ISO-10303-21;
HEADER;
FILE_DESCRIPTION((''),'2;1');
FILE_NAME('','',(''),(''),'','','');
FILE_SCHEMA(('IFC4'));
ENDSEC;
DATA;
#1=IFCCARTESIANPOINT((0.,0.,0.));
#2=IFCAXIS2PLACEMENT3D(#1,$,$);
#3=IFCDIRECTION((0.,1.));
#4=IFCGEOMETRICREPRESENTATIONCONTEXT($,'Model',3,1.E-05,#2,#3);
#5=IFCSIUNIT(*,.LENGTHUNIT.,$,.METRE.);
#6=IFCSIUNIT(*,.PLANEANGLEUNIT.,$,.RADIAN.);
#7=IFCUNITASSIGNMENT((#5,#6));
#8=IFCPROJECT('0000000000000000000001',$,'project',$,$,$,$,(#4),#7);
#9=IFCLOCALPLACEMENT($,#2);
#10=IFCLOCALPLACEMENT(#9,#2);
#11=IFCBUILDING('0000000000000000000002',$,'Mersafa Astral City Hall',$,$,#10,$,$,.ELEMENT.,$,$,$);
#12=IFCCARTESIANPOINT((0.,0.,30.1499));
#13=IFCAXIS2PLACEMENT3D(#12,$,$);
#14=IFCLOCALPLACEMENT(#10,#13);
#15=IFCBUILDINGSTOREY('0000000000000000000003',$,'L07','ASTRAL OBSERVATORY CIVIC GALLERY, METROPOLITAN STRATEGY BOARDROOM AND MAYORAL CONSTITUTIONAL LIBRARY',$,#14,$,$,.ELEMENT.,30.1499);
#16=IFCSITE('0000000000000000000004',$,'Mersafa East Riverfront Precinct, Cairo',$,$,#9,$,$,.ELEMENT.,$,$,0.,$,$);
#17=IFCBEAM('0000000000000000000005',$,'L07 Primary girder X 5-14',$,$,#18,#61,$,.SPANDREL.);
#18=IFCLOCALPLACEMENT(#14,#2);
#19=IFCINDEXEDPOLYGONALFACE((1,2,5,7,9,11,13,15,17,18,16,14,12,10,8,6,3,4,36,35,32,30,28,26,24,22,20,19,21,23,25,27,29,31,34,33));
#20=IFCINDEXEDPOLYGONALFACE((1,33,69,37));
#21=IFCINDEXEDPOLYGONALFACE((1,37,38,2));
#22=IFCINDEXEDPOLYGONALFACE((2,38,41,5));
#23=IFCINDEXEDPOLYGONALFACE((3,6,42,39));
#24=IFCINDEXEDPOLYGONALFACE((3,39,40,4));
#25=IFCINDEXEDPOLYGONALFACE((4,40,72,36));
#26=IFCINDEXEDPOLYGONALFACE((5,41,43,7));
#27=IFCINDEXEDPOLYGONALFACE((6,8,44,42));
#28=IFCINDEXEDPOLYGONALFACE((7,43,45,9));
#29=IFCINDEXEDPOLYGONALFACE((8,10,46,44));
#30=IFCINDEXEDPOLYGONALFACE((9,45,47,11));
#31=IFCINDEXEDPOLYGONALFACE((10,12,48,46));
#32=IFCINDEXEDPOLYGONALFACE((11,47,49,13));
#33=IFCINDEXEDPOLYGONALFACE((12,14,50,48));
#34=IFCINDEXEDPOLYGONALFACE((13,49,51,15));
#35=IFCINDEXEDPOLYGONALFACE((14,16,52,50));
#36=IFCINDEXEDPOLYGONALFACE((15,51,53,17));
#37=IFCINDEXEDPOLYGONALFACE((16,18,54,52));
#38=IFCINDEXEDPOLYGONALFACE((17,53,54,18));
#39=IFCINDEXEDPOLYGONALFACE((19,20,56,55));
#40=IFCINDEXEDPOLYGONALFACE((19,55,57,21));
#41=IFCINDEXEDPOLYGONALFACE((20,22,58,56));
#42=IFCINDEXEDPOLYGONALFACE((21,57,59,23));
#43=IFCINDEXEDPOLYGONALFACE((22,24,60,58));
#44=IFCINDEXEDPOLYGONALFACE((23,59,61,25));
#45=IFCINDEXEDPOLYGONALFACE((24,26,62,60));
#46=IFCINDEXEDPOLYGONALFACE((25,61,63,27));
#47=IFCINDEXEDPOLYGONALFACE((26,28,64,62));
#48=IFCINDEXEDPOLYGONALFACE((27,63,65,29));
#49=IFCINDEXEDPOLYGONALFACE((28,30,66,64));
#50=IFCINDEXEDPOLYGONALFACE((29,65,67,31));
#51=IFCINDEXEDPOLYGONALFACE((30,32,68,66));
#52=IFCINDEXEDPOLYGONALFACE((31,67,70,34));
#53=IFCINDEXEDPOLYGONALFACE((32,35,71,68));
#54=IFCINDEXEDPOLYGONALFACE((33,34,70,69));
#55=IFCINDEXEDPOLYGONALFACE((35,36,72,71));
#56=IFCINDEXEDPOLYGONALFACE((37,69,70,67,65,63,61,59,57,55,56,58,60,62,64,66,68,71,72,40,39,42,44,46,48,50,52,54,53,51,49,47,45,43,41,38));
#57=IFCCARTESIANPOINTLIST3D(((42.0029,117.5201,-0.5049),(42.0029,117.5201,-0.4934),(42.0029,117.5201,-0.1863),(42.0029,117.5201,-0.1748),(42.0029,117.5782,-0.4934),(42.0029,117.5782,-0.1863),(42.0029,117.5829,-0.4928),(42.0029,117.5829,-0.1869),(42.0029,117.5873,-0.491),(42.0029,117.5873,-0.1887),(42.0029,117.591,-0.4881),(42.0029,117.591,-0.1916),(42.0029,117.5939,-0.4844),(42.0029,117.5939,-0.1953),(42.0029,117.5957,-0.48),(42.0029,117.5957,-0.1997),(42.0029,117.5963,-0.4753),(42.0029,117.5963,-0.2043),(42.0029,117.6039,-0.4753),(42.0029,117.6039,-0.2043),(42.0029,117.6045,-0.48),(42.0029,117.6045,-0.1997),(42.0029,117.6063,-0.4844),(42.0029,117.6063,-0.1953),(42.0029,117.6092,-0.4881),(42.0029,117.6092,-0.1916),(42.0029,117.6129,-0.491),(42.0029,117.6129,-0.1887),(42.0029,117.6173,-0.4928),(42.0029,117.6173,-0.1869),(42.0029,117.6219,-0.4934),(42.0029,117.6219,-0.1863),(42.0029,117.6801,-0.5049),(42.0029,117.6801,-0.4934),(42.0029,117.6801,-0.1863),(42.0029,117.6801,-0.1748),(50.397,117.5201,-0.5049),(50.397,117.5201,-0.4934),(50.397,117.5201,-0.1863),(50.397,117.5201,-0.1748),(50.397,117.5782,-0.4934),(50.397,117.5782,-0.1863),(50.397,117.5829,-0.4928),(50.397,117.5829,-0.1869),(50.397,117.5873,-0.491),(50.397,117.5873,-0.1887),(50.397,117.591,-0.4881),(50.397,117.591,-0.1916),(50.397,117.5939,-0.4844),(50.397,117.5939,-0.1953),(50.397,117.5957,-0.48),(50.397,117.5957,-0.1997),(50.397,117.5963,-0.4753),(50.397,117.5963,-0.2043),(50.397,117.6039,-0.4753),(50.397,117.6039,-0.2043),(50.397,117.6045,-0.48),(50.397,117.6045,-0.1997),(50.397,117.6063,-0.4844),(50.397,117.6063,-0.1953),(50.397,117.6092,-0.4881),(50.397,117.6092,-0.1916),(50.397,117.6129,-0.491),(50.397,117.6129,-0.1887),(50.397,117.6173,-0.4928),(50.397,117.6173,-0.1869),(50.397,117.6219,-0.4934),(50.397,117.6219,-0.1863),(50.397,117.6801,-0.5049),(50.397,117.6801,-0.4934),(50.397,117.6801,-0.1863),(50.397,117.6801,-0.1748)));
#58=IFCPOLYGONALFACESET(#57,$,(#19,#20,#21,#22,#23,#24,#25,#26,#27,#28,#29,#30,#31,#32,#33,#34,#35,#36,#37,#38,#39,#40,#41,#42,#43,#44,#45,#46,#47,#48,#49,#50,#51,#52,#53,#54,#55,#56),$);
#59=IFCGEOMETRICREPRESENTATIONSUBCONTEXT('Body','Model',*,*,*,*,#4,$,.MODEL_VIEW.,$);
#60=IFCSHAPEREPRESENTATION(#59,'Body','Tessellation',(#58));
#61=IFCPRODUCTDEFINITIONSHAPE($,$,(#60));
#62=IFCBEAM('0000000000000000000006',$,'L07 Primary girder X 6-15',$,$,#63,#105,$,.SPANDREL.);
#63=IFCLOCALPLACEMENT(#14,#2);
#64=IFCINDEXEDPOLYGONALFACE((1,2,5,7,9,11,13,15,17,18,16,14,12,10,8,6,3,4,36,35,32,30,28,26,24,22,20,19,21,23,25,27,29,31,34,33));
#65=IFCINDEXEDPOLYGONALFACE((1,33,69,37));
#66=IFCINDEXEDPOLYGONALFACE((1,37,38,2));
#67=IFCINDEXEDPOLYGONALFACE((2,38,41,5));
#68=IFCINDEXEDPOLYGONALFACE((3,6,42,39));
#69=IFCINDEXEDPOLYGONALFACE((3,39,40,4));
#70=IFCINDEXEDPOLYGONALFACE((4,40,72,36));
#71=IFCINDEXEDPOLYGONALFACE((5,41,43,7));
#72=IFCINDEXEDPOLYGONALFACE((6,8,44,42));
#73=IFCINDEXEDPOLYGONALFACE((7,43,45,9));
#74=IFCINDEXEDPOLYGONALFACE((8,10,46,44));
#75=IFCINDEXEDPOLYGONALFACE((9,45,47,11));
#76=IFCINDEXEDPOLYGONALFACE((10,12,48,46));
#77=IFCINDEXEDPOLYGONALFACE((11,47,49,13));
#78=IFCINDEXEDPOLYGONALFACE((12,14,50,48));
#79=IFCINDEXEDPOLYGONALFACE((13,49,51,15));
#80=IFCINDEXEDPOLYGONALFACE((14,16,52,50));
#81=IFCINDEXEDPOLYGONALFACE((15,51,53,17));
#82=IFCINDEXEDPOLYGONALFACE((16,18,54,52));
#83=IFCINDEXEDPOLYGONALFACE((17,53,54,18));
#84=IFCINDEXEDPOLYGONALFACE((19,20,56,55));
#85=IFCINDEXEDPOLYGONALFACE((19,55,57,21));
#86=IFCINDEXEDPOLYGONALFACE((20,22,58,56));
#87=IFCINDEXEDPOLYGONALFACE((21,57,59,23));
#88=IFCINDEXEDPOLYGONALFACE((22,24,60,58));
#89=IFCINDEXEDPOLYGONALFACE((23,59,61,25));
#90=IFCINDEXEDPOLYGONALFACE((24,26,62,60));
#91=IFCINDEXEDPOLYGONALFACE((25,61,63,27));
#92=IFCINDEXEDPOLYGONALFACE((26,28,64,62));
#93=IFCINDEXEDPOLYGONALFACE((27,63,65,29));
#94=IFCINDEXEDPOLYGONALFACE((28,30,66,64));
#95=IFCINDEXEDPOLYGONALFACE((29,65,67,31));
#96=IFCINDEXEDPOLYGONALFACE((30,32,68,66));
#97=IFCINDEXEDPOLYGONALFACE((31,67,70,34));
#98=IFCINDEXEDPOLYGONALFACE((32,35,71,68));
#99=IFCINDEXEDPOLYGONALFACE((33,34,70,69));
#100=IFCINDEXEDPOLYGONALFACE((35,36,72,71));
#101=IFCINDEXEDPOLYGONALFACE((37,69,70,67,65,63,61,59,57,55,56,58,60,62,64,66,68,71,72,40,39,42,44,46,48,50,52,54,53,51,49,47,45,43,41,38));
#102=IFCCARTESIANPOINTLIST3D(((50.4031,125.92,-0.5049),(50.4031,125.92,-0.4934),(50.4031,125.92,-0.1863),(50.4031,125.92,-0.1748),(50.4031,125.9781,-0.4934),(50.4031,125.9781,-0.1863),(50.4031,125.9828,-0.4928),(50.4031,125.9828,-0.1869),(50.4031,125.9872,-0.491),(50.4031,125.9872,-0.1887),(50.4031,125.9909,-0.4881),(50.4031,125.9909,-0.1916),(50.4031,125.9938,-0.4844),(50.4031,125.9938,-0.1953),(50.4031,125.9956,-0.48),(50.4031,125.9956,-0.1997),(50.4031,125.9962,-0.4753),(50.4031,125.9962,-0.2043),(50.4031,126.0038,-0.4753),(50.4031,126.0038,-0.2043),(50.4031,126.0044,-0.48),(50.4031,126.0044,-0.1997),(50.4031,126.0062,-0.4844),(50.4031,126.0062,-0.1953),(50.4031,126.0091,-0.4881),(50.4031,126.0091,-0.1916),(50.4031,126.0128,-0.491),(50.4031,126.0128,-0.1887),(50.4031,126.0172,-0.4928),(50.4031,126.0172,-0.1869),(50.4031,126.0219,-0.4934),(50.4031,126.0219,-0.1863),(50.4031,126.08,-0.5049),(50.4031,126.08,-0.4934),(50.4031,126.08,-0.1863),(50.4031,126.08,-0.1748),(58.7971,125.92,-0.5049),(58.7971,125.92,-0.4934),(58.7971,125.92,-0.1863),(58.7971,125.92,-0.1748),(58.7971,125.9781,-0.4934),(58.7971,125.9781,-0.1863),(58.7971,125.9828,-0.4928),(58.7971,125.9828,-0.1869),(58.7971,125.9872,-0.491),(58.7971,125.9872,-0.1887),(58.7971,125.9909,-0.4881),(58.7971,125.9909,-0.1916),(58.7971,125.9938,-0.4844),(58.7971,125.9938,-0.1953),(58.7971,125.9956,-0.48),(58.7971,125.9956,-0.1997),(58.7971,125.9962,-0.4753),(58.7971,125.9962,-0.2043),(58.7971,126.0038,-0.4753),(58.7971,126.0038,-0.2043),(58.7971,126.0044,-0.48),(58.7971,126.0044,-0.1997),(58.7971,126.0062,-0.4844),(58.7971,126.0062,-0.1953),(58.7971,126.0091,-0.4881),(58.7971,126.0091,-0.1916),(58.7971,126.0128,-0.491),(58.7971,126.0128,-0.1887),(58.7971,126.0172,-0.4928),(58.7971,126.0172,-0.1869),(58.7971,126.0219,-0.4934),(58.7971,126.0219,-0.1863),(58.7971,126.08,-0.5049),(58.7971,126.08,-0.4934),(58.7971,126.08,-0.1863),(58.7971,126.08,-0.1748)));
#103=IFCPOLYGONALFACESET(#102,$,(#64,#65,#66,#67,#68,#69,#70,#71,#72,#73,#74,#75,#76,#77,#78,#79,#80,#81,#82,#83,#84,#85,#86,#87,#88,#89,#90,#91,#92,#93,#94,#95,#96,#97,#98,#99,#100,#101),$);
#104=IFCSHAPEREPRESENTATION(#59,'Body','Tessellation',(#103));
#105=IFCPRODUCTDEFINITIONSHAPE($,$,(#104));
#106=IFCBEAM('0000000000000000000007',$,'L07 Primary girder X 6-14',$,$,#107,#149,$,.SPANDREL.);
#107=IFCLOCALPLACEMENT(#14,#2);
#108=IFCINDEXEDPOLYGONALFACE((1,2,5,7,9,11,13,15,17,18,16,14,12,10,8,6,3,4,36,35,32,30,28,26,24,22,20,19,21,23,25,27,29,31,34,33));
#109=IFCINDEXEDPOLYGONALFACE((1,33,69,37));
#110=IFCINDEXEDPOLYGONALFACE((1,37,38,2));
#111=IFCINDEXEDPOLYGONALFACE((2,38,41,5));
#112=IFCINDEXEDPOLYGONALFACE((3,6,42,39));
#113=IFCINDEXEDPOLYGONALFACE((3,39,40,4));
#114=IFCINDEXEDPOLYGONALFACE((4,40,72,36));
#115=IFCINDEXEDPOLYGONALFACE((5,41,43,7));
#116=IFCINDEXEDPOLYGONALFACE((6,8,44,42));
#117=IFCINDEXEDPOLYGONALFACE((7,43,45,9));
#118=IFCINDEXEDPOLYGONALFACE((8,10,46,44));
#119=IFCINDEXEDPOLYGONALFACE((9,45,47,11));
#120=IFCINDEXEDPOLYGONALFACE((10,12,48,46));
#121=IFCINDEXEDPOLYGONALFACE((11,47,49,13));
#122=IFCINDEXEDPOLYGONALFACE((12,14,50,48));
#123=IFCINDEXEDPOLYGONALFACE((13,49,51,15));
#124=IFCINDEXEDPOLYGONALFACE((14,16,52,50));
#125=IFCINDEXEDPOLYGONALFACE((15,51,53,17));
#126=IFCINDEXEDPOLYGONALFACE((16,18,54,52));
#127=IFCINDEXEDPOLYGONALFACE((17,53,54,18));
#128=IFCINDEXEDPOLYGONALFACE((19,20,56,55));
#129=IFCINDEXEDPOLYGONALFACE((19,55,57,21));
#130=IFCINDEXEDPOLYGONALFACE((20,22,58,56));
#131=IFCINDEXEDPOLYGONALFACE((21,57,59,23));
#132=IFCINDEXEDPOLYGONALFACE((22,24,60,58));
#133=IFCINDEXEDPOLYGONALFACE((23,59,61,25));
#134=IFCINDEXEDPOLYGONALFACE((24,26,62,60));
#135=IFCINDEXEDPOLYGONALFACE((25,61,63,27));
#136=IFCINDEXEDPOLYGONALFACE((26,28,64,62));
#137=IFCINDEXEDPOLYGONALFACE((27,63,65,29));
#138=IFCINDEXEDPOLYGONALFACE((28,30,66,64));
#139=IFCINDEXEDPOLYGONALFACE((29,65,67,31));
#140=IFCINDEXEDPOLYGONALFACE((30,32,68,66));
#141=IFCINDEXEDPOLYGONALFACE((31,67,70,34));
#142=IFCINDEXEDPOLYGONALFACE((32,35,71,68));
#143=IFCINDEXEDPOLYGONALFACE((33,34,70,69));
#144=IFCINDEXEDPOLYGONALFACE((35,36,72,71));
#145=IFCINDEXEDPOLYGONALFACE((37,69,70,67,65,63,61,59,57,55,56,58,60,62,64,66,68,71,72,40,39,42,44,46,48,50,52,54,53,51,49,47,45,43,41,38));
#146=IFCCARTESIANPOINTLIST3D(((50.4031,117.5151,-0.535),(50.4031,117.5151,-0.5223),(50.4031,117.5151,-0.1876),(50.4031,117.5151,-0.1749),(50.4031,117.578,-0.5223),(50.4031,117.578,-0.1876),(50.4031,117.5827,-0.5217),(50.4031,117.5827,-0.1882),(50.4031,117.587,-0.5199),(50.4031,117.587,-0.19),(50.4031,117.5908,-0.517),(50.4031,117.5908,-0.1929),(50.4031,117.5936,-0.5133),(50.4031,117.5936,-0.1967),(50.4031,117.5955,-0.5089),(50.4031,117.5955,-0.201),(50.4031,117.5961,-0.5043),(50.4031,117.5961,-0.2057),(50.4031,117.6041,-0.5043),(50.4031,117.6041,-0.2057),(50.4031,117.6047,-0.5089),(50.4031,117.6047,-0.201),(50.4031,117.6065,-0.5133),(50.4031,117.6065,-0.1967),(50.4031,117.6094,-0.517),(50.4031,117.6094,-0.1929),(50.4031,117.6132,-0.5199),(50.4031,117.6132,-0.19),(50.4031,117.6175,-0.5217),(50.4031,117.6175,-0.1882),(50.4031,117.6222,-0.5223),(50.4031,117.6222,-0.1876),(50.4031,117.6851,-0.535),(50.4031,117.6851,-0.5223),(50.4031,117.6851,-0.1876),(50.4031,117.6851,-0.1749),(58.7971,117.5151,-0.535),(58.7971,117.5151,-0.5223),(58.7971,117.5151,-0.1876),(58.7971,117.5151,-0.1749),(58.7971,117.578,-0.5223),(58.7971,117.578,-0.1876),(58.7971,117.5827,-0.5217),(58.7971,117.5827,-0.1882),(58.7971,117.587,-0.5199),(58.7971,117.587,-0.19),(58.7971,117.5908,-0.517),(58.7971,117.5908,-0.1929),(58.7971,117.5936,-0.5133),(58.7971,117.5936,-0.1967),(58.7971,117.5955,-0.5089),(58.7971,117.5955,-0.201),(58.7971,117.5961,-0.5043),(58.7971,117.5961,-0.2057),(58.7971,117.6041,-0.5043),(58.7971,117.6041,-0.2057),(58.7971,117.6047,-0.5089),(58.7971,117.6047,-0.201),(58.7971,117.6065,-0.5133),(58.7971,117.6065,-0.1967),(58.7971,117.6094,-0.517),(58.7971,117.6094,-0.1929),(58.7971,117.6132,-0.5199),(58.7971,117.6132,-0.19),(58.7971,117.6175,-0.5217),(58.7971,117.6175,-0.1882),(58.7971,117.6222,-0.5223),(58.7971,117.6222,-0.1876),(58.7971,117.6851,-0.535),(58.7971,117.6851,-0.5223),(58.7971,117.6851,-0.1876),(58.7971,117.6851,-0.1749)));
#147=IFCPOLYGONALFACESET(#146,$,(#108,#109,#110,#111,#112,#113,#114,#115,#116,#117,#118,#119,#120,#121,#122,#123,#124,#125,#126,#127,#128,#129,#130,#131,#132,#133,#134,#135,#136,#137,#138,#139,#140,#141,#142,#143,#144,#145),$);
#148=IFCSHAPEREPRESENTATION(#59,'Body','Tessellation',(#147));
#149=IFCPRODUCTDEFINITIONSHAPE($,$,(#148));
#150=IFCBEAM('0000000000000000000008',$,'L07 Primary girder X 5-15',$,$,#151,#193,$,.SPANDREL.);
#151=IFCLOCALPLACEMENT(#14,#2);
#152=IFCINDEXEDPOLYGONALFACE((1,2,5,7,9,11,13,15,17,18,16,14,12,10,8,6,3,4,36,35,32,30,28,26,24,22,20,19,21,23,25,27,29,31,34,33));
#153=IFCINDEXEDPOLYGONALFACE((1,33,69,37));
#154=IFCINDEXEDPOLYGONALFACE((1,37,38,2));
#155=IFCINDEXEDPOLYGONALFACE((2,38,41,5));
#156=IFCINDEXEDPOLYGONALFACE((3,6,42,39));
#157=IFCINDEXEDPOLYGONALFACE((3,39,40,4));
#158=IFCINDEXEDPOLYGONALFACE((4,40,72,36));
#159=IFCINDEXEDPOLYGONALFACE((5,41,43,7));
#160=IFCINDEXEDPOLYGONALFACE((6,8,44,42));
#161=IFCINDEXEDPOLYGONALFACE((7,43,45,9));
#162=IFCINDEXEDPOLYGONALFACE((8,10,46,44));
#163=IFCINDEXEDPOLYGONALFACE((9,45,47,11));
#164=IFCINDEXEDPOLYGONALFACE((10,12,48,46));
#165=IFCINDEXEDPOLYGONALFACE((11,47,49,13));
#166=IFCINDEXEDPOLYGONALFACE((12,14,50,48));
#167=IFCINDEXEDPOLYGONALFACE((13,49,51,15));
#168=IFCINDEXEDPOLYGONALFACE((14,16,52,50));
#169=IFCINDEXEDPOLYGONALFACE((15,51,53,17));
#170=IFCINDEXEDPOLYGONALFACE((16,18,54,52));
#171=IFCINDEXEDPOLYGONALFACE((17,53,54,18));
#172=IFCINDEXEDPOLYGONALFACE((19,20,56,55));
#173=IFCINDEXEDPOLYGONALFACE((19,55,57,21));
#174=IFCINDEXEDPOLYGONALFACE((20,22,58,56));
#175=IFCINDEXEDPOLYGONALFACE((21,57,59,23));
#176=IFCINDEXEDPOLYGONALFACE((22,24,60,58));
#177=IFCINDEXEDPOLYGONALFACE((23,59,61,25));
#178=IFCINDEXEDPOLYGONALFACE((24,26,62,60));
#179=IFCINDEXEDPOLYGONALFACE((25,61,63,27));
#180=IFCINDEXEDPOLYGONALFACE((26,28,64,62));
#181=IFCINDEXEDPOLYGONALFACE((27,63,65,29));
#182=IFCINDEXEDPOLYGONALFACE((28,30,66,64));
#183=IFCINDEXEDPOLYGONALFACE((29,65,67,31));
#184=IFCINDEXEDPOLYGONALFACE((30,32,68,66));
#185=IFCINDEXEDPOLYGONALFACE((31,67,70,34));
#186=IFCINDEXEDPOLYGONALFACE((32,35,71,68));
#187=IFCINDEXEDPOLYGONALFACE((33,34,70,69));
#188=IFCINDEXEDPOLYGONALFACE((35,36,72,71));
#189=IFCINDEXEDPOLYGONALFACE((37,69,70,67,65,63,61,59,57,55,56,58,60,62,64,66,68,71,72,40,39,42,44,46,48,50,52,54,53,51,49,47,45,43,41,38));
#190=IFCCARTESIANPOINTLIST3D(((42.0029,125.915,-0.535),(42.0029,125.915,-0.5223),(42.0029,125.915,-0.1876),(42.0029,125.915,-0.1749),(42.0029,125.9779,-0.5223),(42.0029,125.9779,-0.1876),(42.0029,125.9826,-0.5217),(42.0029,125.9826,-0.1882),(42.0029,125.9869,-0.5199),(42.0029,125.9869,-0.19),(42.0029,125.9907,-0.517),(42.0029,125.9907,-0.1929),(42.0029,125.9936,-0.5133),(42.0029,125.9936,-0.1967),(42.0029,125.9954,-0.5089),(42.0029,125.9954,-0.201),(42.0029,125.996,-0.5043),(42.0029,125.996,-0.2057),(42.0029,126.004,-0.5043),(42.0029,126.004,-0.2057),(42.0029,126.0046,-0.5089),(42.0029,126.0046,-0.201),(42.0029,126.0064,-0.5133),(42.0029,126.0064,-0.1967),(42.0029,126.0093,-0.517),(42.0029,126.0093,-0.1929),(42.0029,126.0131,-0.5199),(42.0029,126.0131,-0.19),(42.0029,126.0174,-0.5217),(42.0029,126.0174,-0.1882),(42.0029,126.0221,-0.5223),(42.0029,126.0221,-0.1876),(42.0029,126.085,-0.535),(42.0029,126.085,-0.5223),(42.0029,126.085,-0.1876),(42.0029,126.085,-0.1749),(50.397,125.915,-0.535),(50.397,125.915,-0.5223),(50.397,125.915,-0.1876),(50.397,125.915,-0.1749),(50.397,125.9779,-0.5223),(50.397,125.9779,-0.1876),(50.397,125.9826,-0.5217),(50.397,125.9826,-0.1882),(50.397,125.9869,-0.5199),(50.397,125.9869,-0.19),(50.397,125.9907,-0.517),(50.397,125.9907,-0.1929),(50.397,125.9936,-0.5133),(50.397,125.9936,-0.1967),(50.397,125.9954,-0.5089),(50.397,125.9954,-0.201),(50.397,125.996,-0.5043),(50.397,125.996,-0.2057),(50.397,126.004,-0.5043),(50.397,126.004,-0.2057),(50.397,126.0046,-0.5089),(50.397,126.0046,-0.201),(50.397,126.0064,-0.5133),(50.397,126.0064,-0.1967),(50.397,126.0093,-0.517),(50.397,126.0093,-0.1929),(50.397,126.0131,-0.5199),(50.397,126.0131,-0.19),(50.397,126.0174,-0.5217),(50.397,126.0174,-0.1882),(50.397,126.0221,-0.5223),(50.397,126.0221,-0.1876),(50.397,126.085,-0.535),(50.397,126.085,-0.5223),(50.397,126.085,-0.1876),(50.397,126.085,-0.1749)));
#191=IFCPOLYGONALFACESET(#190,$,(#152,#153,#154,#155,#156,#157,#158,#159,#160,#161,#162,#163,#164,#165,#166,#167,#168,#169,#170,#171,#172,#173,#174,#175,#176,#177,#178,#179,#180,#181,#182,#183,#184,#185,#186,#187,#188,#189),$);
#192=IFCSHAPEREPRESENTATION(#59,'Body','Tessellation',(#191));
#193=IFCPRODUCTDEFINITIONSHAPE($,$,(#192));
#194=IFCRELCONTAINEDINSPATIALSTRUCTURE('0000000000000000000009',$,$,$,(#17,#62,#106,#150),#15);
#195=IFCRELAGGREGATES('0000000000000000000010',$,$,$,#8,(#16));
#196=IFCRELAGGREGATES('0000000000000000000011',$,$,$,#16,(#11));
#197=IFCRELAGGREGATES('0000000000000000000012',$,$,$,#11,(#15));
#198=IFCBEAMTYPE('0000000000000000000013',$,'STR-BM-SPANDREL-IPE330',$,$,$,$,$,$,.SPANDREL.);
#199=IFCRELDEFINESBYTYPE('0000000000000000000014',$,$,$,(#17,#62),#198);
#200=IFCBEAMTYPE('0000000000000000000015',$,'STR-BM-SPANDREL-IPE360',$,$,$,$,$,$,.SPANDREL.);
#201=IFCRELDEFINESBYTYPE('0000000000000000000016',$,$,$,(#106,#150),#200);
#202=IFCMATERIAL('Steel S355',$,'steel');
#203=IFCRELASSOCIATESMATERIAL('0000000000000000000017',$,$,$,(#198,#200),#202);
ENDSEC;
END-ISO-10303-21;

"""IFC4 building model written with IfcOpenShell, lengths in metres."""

from ifc_helpers import new_model, si_unit, direction, frame, origin, origin_2d, place, context, subcontext, project, spatial, i_section, extrude, material, material_profile, profile_set, type_object, element, save


model = new_model("IFC4")

# Units and contexts
model_context = context("Model", 3, precision=1e-05, world=origin(), true_north=direction((0.0, 1.0)))
body_context = subcontext(model_context, "Body", "Model", "MODEL_VIEW")
ifc_project = project(units=[si_unit("LENGTHUNIT", "METRE"), si_unit("PLANEANGLEUNIT", "RADIAN")], contexts=[model_context])

# Site, building, storey
site_placement = place(None, origin())
site = spatial("IfcSite", under=ifc_project, at=site_placement, Name="Mersafa East Riverfront Precinct, Cairo", CompositionType="ELEMENT", RefElevation=0.0)
building_placement = place(site_placement, origin())
building = spatial("IfcBuilding", under=site, at=building_placement, Name="Mersafa Astral City Hall", CompositionType="ELEMENT")
storey_placement = place(building_placement, frame((0.0, 0.0, 30.1499)))
storey = spatial("IfcBuildingStorey", under=building, at=storey_placement, Name="L07", Description="ASTRAL OBSERVATORY CIVIC GALLERY, METROPOLITAN STRATEGY BOARDROOM AND MAYORAL CONSTITUTIONAL LIBRARY", CompositionType="ELEMENT", Elevation=30.1499)

# Shared definitions
ifc_material_1 = material(Name="Steel S355", Category="steel")

# Beams
ifc_material_profile_1 = material_profile(ifc_material_1, i_section(OverallWidth=0.1599, OverallDepth=0.3301, WebThickness=0.0076, FlangeThickness=0.0115, FilletRadius=0.0181, at=origin_2d()), Name="IPE 330")
ifc_profile_set_1 = profile_set([ifc_material_profile_1], Name="Steel S355")
beam_type_1 = type_object("IfcBeamType", Name="STR-BM-SPANDREL-IPE330", PredefinedType="SPANDREL", material=ifc_profile_set_1)
for number, where, z_axis, x_axis, name in (
    (1, (42.0029, 117.6001, -0.3398), (1.0, 0.0, 0.0), (0.0, 1.0, 0.0), "L07 Primary girder X 5-14"),
    (2, (50.4031, 126.0, -0.3398), (1.0, 0.0, 0.0), (0.0, 1.0, 0.0), "L07 Primary girder X 6-15"),
):
    element("IfcBeam", number, at=place(storey_placement, frame(where, z_axis=z_axis, x_axis=x_axis)), inside=storey, type_object=beam_type_1, Name=name, PredefinedType="SPANDREL", context=body_context, shape_type="SweptSolid", body=[
        extrude(i_section(OverallWidth=0.1599, OverallDepth=0.3301, WebThickness=0.0076, FlangeThickness=0.0115, FilletRadius=0.0181, at=origin_2d()), origin(), (0.0, 0.0, 1.0), 8.394),
    ])
ifc_material_profile_2 = material_profile(ifc_material_1, i_section(OverallWidth=0.1699, OverallDepth=0.3601, WebThickness=0.0081, FlangeThickness=0.0127, FilletRadius=0.0181, at=origin_2d()), Name="IPE 360")
ifc_profile_set_2 = profile_set([ifc_material_profile_2], Name="Steel S355")
beam_type_2 = type_object("IfcBeamType", Name="STR-BM-SPANDREL-IPE360", PredefinedType="SPANDREL", material=ifc_profile_set_2)
for number, where, z_axis, x_axis, name in (
    (3, (50.4031, 117.6001, -0.355), (1.0, 0.0, 0.0), (0.0, 1.0, 0.0), "L07 Primary girder X 6-14"),
    (4, (42.0029, 126.0, -0.355), (1.0, 0.0, 0.0), (0.0, 1.0, 0.0), "L07 Primary girder X 5-15"),
):
    element("IfcBeam", number, at=place(storey_placement, frame(where, z_axis=z_axis, x_axis=x_axis)), inside=storey, type_object=beam_type_2, Name=name, PredefinedType="SPANDREL", context=body_context, shape_type="SweptSolid", body=[
        extrude(i_section(OverallWidth=0.1699, OverallDepth=0.3601, WebThickness=0.0081, FlangeThickness=0.0127, FilletRadius=0.0181, at=origin_2d()), origin(), (0.0, 0.0, 1.0), 8.394),
    ])

save(model, "model.ifc")
